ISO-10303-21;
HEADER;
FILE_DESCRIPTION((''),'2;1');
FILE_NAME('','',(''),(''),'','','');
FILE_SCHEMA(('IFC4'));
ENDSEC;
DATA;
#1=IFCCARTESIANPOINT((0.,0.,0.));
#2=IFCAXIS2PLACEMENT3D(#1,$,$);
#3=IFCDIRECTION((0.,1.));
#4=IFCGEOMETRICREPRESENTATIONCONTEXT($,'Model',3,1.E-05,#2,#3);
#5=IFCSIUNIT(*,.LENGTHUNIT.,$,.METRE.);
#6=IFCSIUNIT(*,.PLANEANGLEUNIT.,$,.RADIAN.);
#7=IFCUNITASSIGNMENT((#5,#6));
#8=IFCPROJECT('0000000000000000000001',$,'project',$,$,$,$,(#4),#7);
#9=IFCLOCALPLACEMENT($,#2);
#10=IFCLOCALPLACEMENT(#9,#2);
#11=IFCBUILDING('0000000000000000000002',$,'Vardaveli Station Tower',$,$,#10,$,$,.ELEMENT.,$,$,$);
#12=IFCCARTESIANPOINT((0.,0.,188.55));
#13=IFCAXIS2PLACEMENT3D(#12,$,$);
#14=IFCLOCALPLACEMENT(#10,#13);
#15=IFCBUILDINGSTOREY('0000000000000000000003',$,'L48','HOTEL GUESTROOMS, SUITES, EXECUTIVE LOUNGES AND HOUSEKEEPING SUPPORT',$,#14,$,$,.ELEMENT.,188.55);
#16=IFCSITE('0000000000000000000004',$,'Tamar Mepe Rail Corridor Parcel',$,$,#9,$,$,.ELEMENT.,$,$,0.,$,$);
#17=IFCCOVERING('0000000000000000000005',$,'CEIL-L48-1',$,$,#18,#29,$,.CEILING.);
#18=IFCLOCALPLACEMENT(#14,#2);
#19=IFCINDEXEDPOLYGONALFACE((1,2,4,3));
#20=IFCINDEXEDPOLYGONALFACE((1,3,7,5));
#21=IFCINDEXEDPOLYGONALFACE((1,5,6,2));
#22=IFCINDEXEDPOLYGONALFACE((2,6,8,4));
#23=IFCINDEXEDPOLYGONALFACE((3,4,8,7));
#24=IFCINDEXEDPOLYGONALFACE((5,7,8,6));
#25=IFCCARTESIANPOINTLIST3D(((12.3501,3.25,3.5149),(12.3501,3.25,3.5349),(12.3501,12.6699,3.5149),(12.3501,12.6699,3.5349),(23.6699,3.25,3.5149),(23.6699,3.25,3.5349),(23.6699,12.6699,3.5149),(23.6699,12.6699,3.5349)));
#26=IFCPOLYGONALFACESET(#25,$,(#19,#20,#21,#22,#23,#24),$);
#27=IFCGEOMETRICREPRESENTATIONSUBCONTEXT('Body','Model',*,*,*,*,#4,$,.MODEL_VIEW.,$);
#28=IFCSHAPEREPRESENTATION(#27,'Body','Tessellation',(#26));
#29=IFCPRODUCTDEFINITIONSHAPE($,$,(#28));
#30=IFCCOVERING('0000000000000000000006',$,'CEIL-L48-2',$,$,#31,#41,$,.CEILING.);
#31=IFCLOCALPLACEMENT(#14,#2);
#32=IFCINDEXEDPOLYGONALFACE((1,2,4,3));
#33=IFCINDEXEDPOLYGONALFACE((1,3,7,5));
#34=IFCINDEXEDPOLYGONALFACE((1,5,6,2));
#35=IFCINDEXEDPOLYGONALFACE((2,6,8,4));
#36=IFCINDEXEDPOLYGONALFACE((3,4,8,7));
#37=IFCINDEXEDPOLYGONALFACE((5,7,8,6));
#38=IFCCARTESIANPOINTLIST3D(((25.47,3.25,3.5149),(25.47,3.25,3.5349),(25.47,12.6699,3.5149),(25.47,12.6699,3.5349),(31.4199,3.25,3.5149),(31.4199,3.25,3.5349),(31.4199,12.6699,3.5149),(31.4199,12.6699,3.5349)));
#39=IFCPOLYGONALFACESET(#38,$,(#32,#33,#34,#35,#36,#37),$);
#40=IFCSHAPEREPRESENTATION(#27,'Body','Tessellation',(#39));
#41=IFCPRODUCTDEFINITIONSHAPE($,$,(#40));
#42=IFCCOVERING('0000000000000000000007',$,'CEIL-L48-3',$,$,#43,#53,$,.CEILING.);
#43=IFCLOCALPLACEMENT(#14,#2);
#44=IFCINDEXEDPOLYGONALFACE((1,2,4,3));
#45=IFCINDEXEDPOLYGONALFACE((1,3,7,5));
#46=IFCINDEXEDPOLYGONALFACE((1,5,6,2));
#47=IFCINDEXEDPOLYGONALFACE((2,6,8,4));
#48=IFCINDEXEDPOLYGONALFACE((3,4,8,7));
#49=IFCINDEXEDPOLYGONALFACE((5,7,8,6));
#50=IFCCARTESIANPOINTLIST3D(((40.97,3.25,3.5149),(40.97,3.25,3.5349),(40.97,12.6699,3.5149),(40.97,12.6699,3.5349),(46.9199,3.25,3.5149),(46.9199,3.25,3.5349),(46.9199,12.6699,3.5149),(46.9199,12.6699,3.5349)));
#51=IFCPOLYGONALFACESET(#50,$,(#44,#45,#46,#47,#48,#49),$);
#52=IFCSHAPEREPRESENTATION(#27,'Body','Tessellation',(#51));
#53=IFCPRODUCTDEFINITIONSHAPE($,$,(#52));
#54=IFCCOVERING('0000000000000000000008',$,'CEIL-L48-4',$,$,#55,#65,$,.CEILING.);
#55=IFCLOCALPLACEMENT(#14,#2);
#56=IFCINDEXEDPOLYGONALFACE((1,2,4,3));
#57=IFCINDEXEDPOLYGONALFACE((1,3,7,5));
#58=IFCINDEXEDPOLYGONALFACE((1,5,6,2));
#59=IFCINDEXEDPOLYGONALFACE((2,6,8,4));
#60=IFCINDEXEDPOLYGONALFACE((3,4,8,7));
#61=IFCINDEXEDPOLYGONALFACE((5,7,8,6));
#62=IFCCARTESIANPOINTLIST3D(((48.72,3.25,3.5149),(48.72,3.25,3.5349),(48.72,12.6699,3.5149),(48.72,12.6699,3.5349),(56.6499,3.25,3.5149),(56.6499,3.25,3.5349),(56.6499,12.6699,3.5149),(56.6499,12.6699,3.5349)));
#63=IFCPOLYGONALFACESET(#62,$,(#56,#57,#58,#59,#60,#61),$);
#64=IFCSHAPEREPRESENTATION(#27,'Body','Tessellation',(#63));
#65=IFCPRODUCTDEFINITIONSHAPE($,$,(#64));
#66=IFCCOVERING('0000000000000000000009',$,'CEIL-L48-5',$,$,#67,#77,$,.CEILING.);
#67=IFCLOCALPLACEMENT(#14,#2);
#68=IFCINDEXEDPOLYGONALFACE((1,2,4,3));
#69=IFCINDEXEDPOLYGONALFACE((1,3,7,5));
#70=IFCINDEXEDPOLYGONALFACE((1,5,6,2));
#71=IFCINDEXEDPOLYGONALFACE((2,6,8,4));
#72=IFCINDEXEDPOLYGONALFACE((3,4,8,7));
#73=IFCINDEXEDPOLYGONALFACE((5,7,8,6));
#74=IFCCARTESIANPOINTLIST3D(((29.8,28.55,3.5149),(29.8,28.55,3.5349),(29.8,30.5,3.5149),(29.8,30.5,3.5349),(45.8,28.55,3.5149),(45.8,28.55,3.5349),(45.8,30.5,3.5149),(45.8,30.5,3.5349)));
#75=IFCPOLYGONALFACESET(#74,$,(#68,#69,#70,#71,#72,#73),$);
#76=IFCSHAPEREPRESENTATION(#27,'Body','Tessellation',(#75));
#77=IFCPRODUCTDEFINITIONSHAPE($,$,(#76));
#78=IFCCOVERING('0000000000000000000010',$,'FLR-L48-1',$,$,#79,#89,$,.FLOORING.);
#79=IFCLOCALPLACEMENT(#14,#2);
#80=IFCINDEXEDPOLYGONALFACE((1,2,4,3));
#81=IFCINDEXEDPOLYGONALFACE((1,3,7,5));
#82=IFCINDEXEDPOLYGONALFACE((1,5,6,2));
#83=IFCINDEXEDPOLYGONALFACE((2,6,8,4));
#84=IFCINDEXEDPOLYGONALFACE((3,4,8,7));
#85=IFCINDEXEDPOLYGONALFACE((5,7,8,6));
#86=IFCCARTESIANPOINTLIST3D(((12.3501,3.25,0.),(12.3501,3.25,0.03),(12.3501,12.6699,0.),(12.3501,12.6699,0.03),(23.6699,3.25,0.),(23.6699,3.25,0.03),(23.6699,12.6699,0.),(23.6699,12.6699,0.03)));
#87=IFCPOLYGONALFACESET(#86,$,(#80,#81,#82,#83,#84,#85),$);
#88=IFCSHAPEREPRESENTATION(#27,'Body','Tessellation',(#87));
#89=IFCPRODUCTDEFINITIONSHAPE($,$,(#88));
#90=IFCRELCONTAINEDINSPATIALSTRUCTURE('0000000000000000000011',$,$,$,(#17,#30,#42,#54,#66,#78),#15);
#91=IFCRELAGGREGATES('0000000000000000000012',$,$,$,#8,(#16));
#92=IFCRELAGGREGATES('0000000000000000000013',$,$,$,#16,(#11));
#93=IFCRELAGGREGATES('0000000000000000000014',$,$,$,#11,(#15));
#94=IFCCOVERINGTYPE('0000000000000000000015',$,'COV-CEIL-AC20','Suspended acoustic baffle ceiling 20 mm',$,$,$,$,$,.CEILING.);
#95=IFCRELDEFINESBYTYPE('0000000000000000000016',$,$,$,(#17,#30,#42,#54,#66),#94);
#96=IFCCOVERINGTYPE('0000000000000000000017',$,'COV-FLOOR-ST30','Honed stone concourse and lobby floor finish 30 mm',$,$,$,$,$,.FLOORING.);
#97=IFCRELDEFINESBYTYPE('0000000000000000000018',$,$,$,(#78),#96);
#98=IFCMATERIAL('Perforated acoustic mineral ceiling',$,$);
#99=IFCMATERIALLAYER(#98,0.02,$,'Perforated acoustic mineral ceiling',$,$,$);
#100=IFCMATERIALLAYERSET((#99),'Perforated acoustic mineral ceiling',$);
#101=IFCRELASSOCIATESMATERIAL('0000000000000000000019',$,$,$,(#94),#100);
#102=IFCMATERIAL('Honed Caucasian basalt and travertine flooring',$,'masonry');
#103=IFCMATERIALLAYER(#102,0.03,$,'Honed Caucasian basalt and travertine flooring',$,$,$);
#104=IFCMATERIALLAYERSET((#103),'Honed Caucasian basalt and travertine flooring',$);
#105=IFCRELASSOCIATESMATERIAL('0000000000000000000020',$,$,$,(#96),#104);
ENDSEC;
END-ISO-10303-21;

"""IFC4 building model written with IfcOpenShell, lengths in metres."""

from ifc_helpers import new_model, si_unit, direction, frame, origin, place, context, subcontext, project, spatial, polyline, outline, extrude, material, layer, layer_set, type_object, element, save


model = new_model("IFC4")

# Units and contexts
model_context = context("Model", 3, precision=1e-05, world=origin(), true_north=direction((0.0, 1.0)))
body_context = subcontext(model_context, "Body", "Model", "MODEL_VIEW")
ifc_project = project(units=[si_unit("LENGTHUNIT", "METRE"), si_unit("PLANEANGLEUNIT", "RADIAN")], contexts=[model_context])

# Site, building, storey
site_placement = place(None, origin())
site = spatial("IfcSite", under=ifc_project, at=site_placement, Name="Tamar Mepe Rail Corridor Parcel", CompositionType="ELEMENT", RefElevation=0.0)
building_placement = place(site_placement, origin())
building = spatial("IfcBuilding", under=site, at=building_placement, Name="Vardaveli Station Tower", CompositionType="ELEMENT")
storey_placement = place(building_placement, frame((0.0, 0.0, 188.55)))
storey = spatial("IfcBuildingStorey", under=building, at=storey_placement, Name="L48", Description="HOTEL GUESTROOMS, SUITES, EXECUTIVE LOUNGES AND HOUSEKEEPING SUPPORT", CompositionType="ELEMENT", Elevation=188.55)

# Coverings
ifc_material_1 = material(Name="Perforated acoustic mineral ceiling")
ifc_layer_1 = layer(ifc_material_1, 0.02, Name="Perforated acoustic mineral ceiling")
ifc_layer_set_1 = layer_set([ifc_layer_1], Name="Perforated acoustic mineral ceiling")
covering_type_1 = type_object("IfcCoveringType", Name="COV-CEIL-AC20", Description="Suspended acoustic baffle ceiling 20 mm", PredefinedType="CEILING", material=ifc_layer_set_1)
covering_1_placement = place(storey_placement, frame((0.0, 0.0, 3.5149)))
element("IfcCovering", 1, at=covering_1_placement, inside=storey, type_object=covering_type_1, Name="CEIL-L48-1", PredefinedType="CEILING", context=body_context, shape_type="SweptSolid", body=[
    extrude(outline(polyline([(12.3501, 3.25), (23.6699, 3.25), (23.6699, 12.6699), (12.3501, 12.6699), (12.3501, 3.25)])), origin(), (0.0, 0.0, 1.0), 0.02),
])
covering_2_placement = place(storey_placement, frame((0.0, 0.0, 3.5149)))
element("IfcCovering", 2, at=covering_2_placement, inside=storey, type_object=covering_type_1, Name="CEIL-L48-2", PredefinedType="CEILING", context=body_context, shape_type="SweptSolid", body=[
    extrude(outline(polyline([(25.47, 3.25), (31.4199, 3.25), (31.4199, 12.6699), (25.47, 12.6699), (25.47, 3.25)])), origin(), (0.0, 0.0, 1.0), 0.02),
])
covering_3_placement = place(storey_placement, frame((0.0, 0.0, 3.5149)))
element("IfcCovering", 3, at=covering_3_placement, inside=storey, type_object=covering_type_1, Name="CEIL-L48-3", PredefinedType="CEILING", context=body_context, shape_type="SweptSolid", body=[
    extrude(outline(polyline([(40.97, 3.25), (46.9199, 3.25), (46.9199, 12.6699), (40.97, 12.6699), (40.97, 3.25)])), origin(), (0.0, 0.0, 1.0), 0.02),
])
covering_4_placement = place(storey_placement, frame((0.0, 0.0, 3.5149)))
element("IfcCovering", 4, at=covering_4_placement, inside=storey, type_object=covering_type_1, Name="CEIL-L48-4", PredefinedType="CEILING", context=body_context, shape_type="SweptSolid", body=[
    extrude(outline(polyline([(48.72, 3.25), (56.6499, 3.25), (56.6499, 12.6699), (48.72, 12.6699), (48.72, 3.25)])), origin(), (0.0, 0.0, 1.0), 0.02),
])
covering_5_placement = place(storey_placement, frame((0.0, 0.0, 3.5149)))
element("IfcCovering", 5, at=covering_5_placement, inside=storey, type_object=covering_type_1, Name="CEIL-L48-5", PredefinedType="CEILING", context=body_context, shape_type="SweptSolid", body=[
    extrude(outline(polyline([(29.8, 28.55), (45.8, 28.55), (45.8, 30.5), (29.8, 30.5), (29.8, 28.55)])), origin(), (0.0, 0.0, 1.0), 0.02),
])
ifc_material_2 = material(Name="Honed Caucasian basalt and travertine flooring", Category="masonry")
ifc_layer_2 = layer(ifc_material_2, 0.03, Name="Honed Caucasian basalt and travertine flooring")
ifc_layer_set_2 = layer_set([ifc_layer_2], Name="Honed Caucasian basalt and travertine flooring")
covering_type_2 = type_object("IfcCoveringType", Name="COV-FLOOR-ST30", Description="Honed stone concourse and lobby floor finish 30 mm", PredefinedType="FLOORING", material=ifc_layer_set_2)
covering_6_placement = place(storey_placement, origin())
element("IfcCovering", 6, at=covering_6_placement, inside=storey, type_object=covering_type_2, Name="FLR-L48-1", PredefinedType="FLOORING", context=body_context, shape_type="SweptSolid", body=[
    extrude(outline(polyline([(12.3501, 3.25), (23.6699, 3.25), (23.6699, 12.6699), (12.3501, 12.6699), (12.3501, 3.25)])), origin(), (0.0, 0.0, 1.0), 0.03),
])

save(model, "model.ifc")
